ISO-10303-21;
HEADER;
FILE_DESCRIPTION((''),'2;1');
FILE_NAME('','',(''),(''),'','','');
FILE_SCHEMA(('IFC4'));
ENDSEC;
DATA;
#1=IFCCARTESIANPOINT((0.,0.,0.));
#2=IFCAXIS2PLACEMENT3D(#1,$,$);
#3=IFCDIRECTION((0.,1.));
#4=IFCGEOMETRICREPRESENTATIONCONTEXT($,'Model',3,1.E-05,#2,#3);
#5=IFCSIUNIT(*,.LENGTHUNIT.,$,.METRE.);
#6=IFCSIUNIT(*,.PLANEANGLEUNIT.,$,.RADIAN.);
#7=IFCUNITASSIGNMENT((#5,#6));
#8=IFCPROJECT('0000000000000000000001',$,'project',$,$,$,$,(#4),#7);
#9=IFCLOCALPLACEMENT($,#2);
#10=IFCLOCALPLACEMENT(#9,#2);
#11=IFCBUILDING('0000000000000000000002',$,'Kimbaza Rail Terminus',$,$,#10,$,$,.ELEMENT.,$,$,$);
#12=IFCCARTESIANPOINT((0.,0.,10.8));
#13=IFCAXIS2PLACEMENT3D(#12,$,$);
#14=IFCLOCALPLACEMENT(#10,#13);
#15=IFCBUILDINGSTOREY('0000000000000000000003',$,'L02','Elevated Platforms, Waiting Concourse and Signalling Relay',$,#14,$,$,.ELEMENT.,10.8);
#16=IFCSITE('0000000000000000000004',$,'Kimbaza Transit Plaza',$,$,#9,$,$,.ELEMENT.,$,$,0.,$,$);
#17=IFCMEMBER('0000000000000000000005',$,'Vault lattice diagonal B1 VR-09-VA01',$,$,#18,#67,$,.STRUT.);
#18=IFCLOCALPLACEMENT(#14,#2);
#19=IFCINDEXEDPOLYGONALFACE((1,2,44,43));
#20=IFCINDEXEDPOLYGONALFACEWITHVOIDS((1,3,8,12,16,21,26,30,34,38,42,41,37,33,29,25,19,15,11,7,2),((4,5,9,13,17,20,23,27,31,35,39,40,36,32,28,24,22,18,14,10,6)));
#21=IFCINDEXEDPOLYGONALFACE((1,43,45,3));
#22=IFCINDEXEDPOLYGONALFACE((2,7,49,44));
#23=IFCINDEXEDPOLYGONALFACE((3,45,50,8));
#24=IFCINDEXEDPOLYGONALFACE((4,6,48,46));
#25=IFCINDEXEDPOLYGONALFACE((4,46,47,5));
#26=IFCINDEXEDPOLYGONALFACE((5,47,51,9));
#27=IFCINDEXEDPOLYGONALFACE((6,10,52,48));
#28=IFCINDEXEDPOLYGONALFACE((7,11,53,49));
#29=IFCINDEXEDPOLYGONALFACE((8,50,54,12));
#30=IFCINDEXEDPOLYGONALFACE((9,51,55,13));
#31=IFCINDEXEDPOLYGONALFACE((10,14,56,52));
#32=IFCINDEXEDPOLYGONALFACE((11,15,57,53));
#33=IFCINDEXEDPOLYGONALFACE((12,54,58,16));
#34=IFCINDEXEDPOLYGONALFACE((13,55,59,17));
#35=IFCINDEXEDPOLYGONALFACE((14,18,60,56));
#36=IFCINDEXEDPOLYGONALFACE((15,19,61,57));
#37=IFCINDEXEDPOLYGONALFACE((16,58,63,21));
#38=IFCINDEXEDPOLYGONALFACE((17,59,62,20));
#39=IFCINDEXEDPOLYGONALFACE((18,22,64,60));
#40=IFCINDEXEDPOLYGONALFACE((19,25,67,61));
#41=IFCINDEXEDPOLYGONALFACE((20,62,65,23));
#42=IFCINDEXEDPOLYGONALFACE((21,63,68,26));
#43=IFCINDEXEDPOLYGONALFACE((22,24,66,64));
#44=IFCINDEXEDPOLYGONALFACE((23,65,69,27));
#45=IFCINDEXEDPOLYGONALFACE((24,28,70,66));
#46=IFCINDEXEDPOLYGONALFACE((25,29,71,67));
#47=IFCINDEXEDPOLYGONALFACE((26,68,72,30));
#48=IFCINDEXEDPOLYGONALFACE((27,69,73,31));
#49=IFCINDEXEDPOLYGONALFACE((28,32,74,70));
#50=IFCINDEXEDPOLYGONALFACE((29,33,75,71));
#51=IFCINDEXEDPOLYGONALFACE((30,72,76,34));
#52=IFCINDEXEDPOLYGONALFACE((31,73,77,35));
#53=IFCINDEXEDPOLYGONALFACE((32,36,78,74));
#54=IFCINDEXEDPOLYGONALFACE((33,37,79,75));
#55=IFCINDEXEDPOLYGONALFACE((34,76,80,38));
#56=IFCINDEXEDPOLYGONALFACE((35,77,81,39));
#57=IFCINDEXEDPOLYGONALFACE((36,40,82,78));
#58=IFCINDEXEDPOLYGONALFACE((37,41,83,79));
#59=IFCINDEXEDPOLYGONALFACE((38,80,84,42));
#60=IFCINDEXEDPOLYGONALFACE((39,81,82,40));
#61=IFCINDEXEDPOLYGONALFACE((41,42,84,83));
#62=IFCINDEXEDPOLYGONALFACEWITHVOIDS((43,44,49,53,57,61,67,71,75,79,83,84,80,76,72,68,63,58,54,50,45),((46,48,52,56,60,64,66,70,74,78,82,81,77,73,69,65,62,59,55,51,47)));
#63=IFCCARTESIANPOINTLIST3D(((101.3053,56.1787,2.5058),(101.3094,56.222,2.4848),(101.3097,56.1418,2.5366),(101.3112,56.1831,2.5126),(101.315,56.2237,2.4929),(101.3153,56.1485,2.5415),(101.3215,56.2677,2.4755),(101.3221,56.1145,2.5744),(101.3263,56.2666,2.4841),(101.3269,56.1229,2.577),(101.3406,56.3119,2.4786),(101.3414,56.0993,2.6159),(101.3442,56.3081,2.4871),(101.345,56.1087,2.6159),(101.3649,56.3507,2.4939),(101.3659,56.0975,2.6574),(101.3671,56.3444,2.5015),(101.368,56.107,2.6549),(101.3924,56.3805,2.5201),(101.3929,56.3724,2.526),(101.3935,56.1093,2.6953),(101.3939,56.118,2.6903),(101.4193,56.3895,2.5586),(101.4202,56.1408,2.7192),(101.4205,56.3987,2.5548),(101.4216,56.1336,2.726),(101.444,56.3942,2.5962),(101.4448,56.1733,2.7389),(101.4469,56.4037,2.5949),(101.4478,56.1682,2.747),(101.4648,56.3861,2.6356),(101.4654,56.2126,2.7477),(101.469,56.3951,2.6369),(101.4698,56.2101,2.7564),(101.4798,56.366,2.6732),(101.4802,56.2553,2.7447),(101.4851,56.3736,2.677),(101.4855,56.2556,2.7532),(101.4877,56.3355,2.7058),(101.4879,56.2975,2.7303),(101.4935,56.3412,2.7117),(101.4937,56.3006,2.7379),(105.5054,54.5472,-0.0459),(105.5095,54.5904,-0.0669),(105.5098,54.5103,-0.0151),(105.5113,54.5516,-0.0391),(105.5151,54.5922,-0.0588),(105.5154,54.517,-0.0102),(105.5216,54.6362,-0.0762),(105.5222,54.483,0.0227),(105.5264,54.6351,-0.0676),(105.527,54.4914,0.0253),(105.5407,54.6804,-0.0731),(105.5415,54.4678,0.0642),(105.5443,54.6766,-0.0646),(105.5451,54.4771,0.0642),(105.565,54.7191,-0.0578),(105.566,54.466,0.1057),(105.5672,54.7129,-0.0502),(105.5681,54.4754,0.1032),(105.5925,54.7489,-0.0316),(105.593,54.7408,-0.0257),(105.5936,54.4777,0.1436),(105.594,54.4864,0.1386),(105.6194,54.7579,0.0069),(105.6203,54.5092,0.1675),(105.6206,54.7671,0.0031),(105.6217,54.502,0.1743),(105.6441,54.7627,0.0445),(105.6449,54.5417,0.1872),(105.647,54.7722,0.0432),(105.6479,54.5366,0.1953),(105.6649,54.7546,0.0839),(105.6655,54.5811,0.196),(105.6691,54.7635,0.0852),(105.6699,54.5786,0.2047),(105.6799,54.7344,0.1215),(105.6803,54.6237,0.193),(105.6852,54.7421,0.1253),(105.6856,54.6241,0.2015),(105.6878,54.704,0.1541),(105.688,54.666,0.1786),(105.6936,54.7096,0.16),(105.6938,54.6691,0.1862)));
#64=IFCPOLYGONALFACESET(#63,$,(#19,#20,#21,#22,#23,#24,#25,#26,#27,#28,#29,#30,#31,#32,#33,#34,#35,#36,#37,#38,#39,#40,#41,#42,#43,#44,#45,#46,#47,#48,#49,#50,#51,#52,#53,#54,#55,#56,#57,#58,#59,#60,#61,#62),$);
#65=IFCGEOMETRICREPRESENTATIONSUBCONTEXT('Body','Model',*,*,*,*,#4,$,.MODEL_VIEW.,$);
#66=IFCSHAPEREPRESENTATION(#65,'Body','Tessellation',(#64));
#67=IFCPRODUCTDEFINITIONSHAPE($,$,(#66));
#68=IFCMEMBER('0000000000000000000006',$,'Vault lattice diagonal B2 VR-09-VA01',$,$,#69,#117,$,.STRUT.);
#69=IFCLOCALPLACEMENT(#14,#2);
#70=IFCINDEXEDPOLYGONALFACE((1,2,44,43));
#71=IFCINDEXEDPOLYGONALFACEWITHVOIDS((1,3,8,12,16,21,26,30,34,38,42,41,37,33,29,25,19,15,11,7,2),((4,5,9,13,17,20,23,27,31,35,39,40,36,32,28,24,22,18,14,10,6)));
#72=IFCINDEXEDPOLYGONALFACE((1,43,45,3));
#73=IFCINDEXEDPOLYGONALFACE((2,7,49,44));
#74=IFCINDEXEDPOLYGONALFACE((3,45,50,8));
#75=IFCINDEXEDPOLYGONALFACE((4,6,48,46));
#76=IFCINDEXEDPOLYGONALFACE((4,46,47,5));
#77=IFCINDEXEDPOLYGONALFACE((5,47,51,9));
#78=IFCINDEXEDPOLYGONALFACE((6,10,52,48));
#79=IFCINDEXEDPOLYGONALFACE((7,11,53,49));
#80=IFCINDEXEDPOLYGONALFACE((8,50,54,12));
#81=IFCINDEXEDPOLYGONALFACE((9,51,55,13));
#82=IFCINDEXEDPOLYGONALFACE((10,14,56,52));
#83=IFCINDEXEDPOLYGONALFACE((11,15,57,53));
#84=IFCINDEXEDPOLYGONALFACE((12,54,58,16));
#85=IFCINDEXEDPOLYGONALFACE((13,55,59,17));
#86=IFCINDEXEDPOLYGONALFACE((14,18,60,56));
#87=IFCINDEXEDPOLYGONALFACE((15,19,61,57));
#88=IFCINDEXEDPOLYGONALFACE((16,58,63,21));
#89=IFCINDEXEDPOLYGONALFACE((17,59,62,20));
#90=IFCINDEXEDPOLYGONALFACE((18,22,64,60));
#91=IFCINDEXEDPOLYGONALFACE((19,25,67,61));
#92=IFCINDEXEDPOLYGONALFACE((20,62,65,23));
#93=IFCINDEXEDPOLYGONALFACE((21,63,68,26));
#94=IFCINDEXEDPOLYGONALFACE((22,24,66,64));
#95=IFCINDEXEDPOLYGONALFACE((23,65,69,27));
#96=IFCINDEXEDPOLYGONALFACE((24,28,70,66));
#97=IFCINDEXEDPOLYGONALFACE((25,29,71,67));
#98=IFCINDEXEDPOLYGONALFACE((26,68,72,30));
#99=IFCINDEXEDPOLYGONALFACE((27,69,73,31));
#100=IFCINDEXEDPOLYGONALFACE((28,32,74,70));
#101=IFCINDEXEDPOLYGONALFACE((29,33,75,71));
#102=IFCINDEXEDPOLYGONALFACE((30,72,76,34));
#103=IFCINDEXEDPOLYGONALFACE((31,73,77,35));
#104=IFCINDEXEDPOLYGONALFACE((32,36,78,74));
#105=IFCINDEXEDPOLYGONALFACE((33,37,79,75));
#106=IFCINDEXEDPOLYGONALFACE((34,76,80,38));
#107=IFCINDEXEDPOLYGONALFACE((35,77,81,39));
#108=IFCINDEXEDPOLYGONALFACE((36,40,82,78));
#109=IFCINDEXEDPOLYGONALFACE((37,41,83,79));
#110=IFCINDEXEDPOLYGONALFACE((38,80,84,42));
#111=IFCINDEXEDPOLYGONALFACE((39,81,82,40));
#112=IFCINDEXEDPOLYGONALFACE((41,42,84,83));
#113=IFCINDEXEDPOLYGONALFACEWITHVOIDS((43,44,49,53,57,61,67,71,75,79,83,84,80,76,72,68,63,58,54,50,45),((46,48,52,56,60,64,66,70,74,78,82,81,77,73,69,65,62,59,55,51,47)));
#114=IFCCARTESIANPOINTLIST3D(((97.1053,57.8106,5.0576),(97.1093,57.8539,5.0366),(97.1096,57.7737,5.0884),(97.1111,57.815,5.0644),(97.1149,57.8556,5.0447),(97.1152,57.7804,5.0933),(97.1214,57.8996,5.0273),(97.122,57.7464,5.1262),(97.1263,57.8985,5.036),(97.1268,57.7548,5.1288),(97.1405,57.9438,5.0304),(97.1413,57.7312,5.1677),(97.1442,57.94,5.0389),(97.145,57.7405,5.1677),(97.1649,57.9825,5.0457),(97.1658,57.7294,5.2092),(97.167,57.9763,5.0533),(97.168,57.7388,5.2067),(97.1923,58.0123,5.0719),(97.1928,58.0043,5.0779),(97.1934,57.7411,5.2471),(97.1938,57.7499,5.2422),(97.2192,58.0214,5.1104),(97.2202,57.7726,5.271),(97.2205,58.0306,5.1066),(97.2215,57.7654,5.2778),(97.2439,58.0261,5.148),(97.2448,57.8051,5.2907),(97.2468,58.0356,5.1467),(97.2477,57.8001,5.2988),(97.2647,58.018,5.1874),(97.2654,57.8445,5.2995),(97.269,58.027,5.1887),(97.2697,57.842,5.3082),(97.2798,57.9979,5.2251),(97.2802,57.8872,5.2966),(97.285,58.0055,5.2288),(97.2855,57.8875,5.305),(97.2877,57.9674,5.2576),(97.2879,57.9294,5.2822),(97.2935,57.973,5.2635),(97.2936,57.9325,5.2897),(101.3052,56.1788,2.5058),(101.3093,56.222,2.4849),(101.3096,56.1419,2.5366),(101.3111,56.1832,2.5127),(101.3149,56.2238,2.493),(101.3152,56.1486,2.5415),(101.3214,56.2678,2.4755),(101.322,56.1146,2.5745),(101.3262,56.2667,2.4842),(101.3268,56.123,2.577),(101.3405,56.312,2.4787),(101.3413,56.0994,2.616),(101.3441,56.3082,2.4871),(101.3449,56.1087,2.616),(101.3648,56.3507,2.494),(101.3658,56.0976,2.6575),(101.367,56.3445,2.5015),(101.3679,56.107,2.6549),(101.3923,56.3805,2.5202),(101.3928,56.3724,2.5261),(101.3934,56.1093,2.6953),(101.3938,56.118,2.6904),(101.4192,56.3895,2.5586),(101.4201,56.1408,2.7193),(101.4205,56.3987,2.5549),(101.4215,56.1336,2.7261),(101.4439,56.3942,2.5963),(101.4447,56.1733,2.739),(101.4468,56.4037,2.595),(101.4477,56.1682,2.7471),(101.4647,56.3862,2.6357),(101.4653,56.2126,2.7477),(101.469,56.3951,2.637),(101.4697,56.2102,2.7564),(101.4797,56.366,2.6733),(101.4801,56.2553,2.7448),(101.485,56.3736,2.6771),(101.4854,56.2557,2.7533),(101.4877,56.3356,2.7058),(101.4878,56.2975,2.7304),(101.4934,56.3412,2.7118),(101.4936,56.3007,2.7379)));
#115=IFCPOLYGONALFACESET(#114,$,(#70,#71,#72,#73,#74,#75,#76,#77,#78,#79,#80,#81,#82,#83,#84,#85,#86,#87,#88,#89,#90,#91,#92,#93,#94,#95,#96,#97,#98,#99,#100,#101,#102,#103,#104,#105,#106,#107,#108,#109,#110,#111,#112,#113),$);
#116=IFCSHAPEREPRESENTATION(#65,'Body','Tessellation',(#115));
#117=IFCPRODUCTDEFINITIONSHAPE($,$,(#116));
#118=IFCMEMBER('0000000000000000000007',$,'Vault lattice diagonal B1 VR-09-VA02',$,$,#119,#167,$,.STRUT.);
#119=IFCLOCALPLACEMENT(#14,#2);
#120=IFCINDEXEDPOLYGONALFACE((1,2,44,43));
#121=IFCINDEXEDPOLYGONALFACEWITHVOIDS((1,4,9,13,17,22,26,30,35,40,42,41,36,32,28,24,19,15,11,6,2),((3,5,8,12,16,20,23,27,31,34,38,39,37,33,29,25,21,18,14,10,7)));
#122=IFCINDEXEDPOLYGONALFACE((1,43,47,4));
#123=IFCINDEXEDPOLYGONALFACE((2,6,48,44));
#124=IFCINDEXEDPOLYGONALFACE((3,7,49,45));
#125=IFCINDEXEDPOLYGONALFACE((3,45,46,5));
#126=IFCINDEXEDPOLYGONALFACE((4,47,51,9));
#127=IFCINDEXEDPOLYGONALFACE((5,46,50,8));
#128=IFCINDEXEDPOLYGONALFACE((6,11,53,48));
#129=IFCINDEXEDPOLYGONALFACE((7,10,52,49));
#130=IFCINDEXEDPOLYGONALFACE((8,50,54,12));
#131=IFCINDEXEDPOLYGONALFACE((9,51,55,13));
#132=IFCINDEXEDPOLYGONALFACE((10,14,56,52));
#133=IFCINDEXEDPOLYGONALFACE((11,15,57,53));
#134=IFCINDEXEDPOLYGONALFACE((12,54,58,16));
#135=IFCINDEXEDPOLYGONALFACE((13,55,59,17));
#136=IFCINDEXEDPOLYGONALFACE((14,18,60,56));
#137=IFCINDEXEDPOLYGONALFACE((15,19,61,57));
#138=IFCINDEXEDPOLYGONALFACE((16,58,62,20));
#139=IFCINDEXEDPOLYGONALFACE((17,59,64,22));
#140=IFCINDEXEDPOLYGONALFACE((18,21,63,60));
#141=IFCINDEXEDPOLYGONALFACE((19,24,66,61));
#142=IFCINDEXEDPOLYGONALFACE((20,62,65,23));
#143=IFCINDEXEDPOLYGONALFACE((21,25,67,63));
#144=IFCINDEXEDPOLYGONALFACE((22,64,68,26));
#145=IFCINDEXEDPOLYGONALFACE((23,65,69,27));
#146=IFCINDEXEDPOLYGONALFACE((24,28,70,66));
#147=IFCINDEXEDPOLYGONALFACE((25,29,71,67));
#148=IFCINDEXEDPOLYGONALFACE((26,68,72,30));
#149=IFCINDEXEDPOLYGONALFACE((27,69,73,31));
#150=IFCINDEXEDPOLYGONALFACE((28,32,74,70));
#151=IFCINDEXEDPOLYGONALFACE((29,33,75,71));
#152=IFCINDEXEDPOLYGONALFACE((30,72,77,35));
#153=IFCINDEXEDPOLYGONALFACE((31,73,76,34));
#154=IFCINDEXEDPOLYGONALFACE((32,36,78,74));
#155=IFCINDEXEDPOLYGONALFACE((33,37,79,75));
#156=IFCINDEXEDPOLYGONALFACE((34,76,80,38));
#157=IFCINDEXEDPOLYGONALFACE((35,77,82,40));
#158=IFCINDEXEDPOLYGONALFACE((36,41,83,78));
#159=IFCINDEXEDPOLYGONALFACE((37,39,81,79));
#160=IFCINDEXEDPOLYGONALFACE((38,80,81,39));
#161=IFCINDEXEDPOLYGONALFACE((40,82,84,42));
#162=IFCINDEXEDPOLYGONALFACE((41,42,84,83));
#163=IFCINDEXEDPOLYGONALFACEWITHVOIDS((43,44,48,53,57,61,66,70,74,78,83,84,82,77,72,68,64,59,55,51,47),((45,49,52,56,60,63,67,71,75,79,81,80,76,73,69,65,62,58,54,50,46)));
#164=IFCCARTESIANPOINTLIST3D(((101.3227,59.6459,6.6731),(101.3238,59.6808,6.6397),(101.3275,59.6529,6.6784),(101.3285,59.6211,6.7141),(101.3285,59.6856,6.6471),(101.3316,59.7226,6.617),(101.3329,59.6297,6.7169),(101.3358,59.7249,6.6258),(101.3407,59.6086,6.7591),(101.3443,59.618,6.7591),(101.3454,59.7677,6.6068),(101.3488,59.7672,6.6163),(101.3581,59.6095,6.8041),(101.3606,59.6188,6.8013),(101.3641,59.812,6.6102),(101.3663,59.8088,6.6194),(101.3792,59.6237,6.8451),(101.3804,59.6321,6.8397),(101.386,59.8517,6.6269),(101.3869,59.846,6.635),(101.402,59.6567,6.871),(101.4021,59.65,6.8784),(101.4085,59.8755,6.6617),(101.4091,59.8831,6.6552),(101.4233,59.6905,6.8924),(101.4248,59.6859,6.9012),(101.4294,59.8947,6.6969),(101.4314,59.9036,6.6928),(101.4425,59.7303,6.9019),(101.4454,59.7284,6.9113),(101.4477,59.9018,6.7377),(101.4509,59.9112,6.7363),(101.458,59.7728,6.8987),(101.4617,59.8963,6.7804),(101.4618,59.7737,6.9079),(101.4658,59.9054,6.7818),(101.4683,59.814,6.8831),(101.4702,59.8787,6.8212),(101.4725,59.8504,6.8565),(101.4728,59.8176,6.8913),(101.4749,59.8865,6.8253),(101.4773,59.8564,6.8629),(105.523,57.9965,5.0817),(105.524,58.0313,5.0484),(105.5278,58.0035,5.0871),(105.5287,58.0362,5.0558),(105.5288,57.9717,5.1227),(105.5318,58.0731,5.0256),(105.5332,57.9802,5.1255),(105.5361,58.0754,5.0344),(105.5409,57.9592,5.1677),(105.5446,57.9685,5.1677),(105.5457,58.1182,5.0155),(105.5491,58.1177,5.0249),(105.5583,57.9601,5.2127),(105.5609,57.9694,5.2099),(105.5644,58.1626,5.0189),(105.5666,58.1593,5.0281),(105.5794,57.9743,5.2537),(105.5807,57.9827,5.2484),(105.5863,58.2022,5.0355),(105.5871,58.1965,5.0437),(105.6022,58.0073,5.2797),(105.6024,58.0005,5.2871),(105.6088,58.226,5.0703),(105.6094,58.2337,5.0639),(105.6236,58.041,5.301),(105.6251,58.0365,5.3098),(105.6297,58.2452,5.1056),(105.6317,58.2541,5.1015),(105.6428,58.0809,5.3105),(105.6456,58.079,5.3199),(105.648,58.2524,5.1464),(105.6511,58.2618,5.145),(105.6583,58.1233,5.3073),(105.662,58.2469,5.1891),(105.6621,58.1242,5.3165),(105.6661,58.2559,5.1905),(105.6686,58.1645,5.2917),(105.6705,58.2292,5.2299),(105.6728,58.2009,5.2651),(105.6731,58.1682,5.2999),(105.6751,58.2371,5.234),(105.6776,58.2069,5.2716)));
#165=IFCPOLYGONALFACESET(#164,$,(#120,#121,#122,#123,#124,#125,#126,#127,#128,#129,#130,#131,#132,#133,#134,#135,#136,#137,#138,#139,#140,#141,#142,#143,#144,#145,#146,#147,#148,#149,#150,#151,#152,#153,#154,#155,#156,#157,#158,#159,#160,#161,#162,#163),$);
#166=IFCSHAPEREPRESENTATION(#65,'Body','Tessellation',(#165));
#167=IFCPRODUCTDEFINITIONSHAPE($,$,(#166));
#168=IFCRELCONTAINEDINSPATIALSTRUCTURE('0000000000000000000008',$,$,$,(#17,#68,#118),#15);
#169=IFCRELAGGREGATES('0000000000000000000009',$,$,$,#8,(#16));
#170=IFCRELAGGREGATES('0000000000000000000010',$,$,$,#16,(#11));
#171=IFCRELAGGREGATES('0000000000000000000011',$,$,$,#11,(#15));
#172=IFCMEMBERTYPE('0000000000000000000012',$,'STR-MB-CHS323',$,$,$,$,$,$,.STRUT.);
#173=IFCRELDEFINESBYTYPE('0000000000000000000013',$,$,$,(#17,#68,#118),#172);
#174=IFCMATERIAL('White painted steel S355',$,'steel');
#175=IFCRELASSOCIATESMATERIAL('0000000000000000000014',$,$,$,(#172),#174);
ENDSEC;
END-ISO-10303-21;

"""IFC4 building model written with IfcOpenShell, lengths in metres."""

from ifc_helpers import new_model, si_unit, direction, frame, origin, origin_2d, place, context, subcontext, project, spatial, hollow_circle, extrude, material, material_profile, profile_set, type_object, element, save


model = new_model("IFC4")

# Units and contexts
model_context = context("Model", 3, precision=1e-05, world=origin(), true_north=direction((0.0, 1.0)))
body_context = subcontext(model_context, "Body", "Model", "MODEL_VIEW")
ifc_project = project(units=[si_unit("LENGTHUNIT", "METRE"), si_unit("PLANEANGLEUNIT", "RADIAN")], contexts=[model_context])

# Site, building, storey
site_placement = place(None, origin())
site = spatial("IfcSite", under=ifc_project, at=site_placement, Name="Kimbaza Transit Plaza", CompositionType="ELEMENT", RefElevation=0.0)
building_placement = place(site_placement, origin())
building = spatial("IfcBuilding", under=site, at=building_placement, Name="Kimbaza Rail Terminus", CompositionType="ELEMENT")
storey_placement = place(building_placement, frame((0.0, 0.0, 10.8)))
storey = spatial("IfcBuildingStorey", under=building, at=storey_placement, Name="L02", Description="Elevated Platforms, Waiting Concourse and Signalling Relay", CompositionType="ELEMENT", Elevation=10.8)

# Members
ifc_material_1 = material(Name="White painted steel S355", Category="steel")
ifc_material_profile_1 = material_profile(ifc_material_1, hollow_circle(Radius=0.1619, WallThickness=0.01, at=origin_2d()), Name="CHS 323.9x10")
ifc_profile_set_1 = profile_set([ifc_material_profile_1], Name="White painted steel S355")
member_type_1 = type_object("IfcMemberType", Name="STR-MB-CHS323", PredefinedType="STRUT", material=ifc_profile_set_1)
for number, where, z_axis, x_axis, name in (
    (1, (105.6001, 54.6187, 0.0642), (-0.811109, 0.31508, 0.492775), (-0.362096, -0.932141, 0.0), "Vault lattice diagonal B1 VR-09-VA01"),
    (2, (101.3999, 56.2502, 2.616), (-0.81108, 0.315135, 0.492787), (-0.362161, -0.932115, 0.0), "Vault lattice diagonal B2 VR-09-VA01"),
):
    element("IfcMember", number, at=place(storey_placement, frame(where, z_axis=z_axis, x_axis=x_axis)), inside=storey, type_object=member_type_1, Name=name, PredefinedType="STRUT", context=body_context, shape_type="SweptSolid", body=[
        extrude(hollow_circle(Radius=0.1619, WallThickness=0.01, at=origin_2d()), origin(), (0.0, 0.0, 1.0), 5.1782),
    ])
member_1_placement = place(storey_placement, frame((105.6001, 58.1099, 5.1677), z_axis=(-0.877817, 0.344718, 0.332575), x_axis=(-0.365525, -0.930801, 0.0)))
element("IfcMember", 3, at=member_1_placement, inside=storey, type_object=member_type_1, Name="Vault lattice diagonal B1 VR-09-VA02", PredefinedType="STRUT", context=body_context, shape_type="SweptSolid", body=[
    extrude(hollow_circle(Radius=0.1619, WallThickness=0.01, at=origin_2d()), origin(), (0.0, 0.0, 1.0), 4.7849),
])

save(model, "model.ifc")
